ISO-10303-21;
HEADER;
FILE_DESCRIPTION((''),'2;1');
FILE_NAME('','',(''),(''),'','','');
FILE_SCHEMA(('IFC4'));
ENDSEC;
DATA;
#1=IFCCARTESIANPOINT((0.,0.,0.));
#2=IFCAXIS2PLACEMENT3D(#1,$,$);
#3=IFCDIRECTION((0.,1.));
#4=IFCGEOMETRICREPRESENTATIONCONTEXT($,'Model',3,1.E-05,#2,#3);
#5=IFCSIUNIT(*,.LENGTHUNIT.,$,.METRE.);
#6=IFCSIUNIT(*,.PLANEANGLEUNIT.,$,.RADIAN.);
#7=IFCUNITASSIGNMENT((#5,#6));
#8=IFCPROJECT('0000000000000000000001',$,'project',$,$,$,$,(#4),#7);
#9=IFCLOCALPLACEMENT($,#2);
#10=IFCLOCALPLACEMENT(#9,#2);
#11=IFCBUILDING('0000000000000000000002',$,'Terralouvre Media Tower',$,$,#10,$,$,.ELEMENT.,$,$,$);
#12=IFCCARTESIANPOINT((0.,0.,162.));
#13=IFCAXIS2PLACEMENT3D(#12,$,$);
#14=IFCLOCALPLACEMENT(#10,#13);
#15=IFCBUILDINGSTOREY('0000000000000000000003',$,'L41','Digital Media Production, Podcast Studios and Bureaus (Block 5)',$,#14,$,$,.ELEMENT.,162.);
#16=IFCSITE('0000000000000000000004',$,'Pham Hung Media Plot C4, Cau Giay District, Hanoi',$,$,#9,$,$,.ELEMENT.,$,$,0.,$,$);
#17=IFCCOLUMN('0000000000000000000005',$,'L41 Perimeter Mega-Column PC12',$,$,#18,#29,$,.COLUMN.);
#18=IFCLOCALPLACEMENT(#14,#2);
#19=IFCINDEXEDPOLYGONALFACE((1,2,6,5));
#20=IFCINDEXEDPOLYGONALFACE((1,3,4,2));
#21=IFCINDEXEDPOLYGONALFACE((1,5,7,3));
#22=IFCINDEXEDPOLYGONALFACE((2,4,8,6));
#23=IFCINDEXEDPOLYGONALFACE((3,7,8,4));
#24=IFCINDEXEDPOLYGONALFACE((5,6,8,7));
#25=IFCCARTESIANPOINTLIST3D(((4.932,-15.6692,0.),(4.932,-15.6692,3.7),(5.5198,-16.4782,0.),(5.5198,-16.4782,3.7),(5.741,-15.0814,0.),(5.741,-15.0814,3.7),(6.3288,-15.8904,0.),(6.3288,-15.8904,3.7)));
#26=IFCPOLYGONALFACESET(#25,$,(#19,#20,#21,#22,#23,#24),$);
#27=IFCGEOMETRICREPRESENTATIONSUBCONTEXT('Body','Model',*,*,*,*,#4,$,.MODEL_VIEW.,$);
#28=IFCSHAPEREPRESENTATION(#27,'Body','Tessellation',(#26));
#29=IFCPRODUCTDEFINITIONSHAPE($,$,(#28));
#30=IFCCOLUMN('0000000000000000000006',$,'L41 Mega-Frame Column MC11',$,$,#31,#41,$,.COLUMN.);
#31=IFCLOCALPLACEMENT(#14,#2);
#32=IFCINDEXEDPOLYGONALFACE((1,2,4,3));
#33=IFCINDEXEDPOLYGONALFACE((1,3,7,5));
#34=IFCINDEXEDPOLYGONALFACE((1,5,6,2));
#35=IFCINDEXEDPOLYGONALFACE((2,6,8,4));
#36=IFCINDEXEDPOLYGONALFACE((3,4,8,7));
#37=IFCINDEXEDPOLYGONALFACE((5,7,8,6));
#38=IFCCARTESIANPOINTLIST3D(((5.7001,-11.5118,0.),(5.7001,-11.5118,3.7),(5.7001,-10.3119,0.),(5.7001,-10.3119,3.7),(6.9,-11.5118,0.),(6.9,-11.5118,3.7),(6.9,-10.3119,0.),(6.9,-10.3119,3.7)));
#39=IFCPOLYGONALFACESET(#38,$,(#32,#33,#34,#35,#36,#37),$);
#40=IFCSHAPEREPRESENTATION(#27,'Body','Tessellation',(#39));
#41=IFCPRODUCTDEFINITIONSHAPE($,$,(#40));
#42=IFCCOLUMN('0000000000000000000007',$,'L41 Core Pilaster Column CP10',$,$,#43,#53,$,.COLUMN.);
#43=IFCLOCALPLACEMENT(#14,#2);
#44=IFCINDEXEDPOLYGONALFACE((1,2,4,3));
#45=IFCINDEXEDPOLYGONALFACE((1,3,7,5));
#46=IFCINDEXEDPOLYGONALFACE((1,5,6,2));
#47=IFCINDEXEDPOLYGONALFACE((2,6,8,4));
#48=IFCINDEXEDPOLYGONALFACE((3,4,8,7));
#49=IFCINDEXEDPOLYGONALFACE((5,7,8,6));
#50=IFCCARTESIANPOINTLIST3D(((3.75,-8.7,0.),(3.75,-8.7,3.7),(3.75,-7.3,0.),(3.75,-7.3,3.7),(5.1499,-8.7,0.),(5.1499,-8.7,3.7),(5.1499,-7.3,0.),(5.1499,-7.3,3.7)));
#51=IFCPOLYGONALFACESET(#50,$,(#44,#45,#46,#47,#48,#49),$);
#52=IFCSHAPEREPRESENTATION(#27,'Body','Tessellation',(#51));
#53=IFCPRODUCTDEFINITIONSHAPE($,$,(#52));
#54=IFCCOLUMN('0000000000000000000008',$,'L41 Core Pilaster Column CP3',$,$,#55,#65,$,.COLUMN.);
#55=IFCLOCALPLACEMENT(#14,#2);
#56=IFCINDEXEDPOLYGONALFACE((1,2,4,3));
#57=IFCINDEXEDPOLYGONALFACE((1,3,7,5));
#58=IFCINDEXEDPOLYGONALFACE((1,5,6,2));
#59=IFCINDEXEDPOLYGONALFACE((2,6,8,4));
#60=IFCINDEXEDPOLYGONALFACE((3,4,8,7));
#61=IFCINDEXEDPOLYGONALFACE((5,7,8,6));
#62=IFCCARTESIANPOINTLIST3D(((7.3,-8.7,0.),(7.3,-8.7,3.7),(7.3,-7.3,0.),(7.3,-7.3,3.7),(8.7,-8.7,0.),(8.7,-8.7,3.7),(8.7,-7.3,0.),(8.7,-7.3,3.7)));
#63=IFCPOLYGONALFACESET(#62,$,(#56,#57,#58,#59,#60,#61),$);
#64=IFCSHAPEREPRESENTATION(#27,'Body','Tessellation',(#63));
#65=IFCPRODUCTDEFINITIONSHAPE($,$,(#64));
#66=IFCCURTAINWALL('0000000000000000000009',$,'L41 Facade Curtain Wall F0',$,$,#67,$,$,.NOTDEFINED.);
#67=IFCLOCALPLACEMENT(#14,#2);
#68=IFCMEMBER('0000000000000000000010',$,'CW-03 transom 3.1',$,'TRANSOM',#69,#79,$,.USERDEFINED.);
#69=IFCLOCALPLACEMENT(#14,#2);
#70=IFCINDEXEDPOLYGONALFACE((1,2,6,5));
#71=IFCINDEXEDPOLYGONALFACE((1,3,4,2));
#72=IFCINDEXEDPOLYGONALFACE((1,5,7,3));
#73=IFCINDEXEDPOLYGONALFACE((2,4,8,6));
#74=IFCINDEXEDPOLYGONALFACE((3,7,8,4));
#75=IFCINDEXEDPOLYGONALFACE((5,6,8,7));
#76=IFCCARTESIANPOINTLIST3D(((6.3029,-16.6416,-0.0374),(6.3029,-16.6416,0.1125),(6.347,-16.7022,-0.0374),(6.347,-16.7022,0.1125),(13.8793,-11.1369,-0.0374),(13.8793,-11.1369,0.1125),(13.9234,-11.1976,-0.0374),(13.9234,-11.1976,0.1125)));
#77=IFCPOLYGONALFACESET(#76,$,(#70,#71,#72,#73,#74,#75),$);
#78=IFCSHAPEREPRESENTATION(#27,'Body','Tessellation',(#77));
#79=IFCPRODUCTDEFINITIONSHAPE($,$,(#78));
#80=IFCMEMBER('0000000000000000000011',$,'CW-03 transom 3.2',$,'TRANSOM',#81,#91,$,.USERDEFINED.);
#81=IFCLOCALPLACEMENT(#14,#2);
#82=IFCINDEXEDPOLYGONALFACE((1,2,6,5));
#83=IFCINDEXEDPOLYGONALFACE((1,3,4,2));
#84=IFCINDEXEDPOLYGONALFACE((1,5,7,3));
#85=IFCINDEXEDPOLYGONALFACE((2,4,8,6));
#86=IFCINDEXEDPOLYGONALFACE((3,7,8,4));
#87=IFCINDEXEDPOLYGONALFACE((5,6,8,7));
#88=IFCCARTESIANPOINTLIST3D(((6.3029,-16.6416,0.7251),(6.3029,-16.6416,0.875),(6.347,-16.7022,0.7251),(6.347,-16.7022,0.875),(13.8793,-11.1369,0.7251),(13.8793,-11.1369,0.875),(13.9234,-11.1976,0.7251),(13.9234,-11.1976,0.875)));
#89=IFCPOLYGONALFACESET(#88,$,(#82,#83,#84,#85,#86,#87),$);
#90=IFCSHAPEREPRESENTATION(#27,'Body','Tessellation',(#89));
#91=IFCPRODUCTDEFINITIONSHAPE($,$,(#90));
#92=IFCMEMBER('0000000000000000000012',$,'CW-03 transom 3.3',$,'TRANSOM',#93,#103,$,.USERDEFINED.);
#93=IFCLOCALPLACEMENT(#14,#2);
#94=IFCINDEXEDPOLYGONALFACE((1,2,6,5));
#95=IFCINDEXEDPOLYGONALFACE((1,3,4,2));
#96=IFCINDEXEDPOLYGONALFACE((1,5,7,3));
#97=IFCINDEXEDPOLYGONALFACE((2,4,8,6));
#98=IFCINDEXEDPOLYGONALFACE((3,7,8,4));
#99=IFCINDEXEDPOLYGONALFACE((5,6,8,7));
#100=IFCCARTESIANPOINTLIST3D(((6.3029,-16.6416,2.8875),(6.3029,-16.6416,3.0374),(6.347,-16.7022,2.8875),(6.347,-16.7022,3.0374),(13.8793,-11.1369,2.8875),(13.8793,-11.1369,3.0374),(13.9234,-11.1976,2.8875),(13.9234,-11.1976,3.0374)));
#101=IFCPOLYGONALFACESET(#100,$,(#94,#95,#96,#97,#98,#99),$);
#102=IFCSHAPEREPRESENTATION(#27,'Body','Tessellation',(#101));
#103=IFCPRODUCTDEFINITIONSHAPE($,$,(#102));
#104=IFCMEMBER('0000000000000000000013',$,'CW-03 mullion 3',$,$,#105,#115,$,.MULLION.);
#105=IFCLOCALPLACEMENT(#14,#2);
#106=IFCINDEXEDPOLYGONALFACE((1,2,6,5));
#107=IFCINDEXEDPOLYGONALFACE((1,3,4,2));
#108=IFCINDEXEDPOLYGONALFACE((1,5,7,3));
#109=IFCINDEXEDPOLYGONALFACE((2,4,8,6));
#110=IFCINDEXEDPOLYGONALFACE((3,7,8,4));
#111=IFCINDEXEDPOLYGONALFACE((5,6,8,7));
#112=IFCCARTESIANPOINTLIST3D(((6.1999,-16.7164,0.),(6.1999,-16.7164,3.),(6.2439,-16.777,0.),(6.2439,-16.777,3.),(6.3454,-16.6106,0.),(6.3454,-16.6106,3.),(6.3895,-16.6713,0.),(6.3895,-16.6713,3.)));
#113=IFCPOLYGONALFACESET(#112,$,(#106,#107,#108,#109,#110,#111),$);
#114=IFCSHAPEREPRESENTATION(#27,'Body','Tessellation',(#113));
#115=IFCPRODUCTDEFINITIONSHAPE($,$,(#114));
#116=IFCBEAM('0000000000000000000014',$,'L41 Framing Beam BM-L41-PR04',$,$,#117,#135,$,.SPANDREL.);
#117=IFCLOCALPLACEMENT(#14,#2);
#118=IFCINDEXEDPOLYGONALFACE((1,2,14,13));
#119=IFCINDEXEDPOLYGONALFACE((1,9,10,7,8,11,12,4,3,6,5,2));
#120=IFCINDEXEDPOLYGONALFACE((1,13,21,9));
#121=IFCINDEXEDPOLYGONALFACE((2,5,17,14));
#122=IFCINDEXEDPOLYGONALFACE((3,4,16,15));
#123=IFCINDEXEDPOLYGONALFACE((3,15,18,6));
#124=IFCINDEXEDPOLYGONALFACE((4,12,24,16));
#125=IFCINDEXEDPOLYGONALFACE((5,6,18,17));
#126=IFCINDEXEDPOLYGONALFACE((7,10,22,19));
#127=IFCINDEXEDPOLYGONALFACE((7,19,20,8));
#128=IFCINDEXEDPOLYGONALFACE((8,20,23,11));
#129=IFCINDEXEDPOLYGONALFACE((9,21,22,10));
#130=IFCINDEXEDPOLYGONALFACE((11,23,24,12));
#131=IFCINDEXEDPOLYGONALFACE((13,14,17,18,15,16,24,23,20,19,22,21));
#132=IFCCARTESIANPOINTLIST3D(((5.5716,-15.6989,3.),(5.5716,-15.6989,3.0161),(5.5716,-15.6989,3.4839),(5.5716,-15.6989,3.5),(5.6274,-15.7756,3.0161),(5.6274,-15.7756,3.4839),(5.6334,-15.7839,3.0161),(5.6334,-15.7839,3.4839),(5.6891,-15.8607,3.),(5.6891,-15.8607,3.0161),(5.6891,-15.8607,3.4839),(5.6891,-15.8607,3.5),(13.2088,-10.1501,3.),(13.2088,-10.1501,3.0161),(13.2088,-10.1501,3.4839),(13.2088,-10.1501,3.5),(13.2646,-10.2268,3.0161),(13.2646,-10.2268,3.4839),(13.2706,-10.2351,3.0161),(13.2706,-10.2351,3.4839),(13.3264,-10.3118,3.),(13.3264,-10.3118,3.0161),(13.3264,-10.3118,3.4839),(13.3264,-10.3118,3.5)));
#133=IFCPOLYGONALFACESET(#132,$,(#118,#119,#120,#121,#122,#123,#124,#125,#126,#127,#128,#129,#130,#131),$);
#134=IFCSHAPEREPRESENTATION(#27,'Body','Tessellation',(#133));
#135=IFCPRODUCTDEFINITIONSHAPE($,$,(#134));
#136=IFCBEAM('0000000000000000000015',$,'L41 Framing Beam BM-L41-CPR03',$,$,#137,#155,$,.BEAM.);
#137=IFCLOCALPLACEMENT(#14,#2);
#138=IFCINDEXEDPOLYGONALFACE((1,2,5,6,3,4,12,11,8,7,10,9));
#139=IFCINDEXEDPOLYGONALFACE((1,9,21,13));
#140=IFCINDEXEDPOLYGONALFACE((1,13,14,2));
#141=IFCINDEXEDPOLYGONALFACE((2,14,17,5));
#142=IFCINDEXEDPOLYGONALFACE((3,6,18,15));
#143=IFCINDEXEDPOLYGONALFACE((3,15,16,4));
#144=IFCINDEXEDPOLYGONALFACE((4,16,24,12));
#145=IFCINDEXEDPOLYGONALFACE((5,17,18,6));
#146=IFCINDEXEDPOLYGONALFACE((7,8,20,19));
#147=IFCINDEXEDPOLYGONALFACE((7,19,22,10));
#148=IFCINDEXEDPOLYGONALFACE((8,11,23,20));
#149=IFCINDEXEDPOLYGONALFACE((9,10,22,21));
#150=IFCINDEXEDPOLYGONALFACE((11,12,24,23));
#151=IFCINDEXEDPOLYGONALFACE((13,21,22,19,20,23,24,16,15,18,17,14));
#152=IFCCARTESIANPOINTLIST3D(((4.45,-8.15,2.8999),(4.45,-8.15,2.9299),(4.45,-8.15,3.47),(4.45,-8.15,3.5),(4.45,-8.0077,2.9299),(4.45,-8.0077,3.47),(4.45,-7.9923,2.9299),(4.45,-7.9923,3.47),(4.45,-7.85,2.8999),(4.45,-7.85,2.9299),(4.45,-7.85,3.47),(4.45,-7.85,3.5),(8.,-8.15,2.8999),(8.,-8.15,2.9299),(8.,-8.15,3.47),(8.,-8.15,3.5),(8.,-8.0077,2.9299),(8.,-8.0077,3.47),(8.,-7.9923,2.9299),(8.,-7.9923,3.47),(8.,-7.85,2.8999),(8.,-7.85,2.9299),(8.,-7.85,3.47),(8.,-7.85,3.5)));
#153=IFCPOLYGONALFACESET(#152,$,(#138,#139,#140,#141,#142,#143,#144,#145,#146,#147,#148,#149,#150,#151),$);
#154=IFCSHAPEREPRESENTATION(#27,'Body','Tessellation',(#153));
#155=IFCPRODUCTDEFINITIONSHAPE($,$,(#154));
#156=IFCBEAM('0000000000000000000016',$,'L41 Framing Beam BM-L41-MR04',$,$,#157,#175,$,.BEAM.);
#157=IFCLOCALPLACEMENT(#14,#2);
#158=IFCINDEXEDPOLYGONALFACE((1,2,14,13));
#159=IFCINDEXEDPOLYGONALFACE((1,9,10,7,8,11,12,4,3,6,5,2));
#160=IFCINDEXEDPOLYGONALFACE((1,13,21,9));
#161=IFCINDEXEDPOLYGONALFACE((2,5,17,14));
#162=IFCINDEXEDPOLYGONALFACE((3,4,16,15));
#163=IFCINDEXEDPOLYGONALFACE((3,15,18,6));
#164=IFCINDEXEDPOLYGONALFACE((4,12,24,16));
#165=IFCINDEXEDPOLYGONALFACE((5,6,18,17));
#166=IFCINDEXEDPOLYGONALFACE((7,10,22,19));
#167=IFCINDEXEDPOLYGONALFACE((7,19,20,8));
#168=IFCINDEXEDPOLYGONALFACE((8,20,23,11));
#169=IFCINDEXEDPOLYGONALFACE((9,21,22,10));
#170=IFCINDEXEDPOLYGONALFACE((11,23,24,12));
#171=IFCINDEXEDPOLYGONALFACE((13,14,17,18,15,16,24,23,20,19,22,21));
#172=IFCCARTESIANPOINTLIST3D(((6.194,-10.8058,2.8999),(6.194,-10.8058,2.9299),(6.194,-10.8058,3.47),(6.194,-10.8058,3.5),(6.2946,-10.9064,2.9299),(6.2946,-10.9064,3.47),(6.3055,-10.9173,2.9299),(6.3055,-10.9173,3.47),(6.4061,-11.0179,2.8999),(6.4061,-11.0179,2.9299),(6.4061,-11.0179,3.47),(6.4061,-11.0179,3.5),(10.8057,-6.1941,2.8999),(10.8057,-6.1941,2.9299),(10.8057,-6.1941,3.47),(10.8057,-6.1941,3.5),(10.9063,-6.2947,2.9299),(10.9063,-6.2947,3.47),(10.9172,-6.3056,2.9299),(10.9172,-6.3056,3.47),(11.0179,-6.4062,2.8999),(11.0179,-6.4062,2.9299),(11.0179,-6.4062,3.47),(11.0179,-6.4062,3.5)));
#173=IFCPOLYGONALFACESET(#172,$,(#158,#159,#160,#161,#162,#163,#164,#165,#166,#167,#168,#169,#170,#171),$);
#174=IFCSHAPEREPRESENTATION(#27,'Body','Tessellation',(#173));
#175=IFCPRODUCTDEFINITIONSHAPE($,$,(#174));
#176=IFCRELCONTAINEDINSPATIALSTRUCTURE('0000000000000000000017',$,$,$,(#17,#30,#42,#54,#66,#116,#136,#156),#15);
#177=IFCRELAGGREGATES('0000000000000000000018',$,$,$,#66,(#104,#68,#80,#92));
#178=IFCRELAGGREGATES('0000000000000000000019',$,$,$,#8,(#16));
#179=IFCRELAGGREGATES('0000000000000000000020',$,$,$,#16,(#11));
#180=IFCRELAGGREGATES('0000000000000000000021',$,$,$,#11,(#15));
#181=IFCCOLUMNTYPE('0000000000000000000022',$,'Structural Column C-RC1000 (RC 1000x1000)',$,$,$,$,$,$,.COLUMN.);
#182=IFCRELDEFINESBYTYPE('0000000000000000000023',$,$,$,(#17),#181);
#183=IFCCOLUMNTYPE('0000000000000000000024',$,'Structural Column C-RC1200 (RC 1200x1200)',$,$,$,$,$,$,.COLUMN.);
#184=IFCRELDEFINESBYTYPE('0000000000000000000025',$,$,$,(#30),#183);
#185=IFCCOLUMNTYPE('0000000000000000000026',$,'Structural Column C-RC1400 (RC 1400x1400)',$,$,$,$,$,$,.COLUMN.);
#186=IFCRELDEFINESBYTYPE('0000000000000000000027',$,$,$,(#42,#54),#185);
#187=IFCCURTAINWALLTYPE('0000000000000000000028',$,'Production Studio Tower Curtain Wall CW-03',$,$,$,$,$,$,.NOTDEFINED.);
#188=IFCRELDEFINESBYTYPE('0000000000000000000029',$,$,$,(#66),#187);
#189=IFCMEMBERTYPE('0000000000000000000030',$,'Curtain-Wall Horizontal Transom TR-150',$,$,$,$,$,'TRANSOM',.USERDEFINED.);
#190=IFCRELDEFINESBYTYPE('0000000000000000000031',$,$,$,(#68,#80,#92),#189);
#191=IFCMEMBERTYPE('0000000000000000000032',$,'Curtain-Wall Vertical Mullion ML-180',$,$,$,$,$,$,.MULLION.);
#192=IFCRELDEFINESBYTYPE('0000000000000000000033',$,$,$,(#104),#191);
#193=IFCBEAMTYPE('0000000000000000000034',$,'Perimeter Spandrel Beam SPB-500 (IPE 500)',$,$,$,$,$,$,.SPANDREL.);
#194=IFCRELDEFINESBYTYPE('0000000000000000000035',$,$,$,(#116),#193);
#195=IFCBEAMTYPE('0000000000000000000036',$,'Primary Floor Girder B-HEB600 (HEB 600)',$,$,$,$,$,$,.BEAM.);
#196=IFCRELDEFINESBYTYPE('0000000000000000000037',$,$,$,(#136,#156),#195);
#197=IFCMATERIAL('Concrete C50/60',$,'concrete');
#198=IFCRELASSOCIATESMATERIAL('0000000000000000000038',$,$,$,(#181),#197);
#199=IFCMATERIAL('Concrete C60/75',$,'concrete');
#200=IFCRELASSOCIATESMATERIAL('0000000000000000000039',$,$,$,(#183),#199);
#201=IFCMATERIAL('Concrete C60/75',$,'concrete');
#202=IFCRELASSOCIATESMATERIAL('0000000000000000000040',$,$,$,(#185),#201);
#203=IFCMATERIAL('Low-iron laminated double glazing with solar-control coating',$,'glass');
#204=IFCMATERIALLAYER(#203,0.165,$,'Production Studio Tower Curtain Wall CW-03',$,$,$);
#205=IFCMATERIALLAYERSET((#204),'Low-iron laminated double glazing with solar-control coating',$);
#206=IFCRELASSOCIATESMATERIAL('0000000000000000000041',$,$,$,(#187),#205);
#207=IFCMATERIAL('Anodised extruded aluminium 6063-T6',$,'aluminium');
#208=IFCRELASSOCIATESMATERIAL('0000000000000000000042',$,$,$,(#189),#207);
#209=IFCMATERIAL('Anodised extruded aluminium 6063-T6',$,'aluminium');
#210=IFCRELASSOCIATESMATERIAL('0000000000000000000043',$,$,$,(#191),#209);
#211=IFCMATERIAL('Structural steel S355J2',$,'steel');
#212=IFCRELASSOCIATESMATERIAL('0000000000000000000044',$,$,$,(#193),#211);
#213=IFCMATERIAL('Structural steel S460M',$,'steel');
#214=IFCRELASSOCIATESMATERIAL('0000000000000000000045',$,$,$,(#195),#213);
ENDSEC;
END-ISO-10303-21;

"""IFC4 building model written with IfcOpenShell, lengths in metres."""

from ifc_helpers import new_model, si_unit, direction, frame, origin, origin_2d, place, context, subcontext, project, spatial, rectangle, i_section, extrude, material, layer, layer_set, material_profile, profile_set, type_object, element, aggregate, save


model = new_model("IFC4")

# Units and contexts
model_context = context("Model", 3, precision=1e-05, world=origin(), true_north=direction((0.0, 1.0)))
body_context = subcontext(model_context, "Body", "Model", "MODEL_VIEW")
ifc_project = project(units=[si_unit("LENGTHUNIT", "METRE"), si_unit("PLANEANGLEUNIT", "RADIAN")], contexts=[model_context])

# Site, building, storey
site_placement = place(None, origin())
site = spatial("IfcSite", under=ifc_project, at=site_placement, Name="Pham Hung Media Plot C4, Cau Giay District, Hanoi", CompositionType="ELEMENT", RefElevation=0.0)
building_placement = place(site_placement, origin())
building = spatial("IfcBuilding", under=site, at=building_placement, Name="Terralouvre Media Tower", CompositionType="ELEMENT")
storey_placement = place(building_placement, frame((0.0, 0.0, 162.0)))
storey = spatial("IfcBuildingStorey", under=building, at=storey_placement, Name="L41", Description="Digital Media Production, Podcast Studios and Bureaus (Block 5)", CompositionType="ELEMENT", Elevation=162.0)

# Columns
ifc_material_1 = material(Name="Concrete C50/60", Category="concrete")
ifc_material_profile_1 = material_profile(ifc_material_1, rectangle(XDim=1.0, YDim=1.0, at=origin_2d()), Name="RC 1000x1000")
ifc_profile_set_1 = profile_set([ifc_material_profile_1], Name="Concrete C50/60")
column_type_1 = type_object("IfcColumnType", Name="Structural Column C-RC1000 (RC 1000x1000)", PredefinedType="COLUMN", material=ifc_profile_set_1)
column_1_placement = place(storey_placement, frame((5.6304, -15.7798, 0.0), z_axis=(0.0, 0.0, 1.0), x_axis=(0.809017, 0.587785, 0.0)))
element("IfcColumn", 1, at=column_1_placement, inside=storey, type_object=column_type_1, Name="L41 Perimeter Mega-Column PC12", PredefinedType="COLUMN", context=body_context, shape_type="SweptSolid", body=[
    extrude(rectangle(XDim=1.0, YDim=1.0, at=origin_2d()), origin(), (0.0, 0.0, 1.0), 3.7),
])
ifc_material_2 = material(Name="Concrete C60/75", Category="concrete")
ifc_material_profile_2 = material_profile(ifc_material_2, rectangle(XDim=1.2, YDim=1.2, at=origin_2d()), Name="RC 1200x1200")
ifc_profile_set_2 = profile_set([ifc_material_profile_2], Name="Concrete C60/75")
column_type_2 = type_object("IfcColumnType", Name="Structural Column C-RC1200 (RC 1200x1200)", PredefinedType="COLUMN", material=ifc_profile_set_2)
column_2_placement = place(storey_placement, frame((6.3, -10.9119, 0.0), z_axis=(0.0, 0.0, 1.0), x_axis=(1.0, 0.0, 0.0)))
element("IfcColumn", 2, at=column_2_placement, inside=storey, type_object=column_type_2, Name="L41 Mega-Frame Column MC11", PredefinedType="COLUMN", context=body_context, shape_type="SweptSolid", body=[
    extrude(rectangle(XDim=1.2, YDim=1.2, at=origin_2d()), origin(), (0.0, 0.0, 1.0), 3.7),
])
ifc_material_3 = material(Name="Concrete C60/75", Category="concrete")
ifc_material_profile_3 = material_profile(ifc_material_3, rectangle(XDim=1.3999, YDim=1.3999, at=origin_2d()), Name="RC 1400x1400")
ifc_profile_set_3 = profile_set([ifc_material_profile_3], Name="Concrete C60/75")
column_type_3 = type_object("IfcColumnType", Name="Structural Column C-RC1400 (RC 1400x1400)", PredefinedType="COLUMN", material=ifc_profile_set_3)
for number, where, z_axis, x_axis, name in (
    (3, (4.45, -8.0, 0.0), (0.0, 0.0, 1.0), (1.0, 0.0, 0.0), "L41 Core Pilaster Column CP10"),
    (4, (8.0, -8.0, 0.0), (0.0, 0.0, 1.0), (1.0, 0.0, 0.0), "L41 Core Pilaster Column CP3"),
):
    element("IfcColumn", number, at=place(storey_placement, frame(where, z_axis=z_axis, x_axis=x_axis)), inside=storey, type_object=column_type_3, Name=name, PredefinedType="COLUMN", context=body_context, shape_type="SweptSolid", body=[
        extrude(rectangle(XDim=1.3999, YDim=1.3999, at=origin_2d()), origin(), (0.0, 0.0, 1.0), 3.7),
    ])

# Curtain wall, members
ifc_material_4 = material(Name="Low-iron laminated double glazing with solar-control coating", Category="glass")
ifc_layer_1 = layer(ifc_material_4, 0.165, Name="Production Studio Tower Curtain Wall CW-03")
ifc_layer_set_1 = layer_set([ifc_layer_1], Name="Low-iron laminated double glazing with solar-control coating")
curtain_wall_type = type_object("IfcCurtainWallType", Name="Production Studio Tower Curtain Wall CW-03", PredefinedType="NOTDEFINED", material=ifc_layer_set_1)
curtain_wall_placement = place(storey_placement, origin())
curtain_wall = element("IfcCurtainWall", 5, at=curtain_wall_placement, inside=storey, type_object=curtain_wall_type, Name="L41 Facade Curtain Wall F0", PredefinedType="NOTDEFINED")
ifc_material_5 = material(Name="Anodised extruded aluminium 6063-T6", Category="aluminium")
ifc_material_profile_4 = material_profile(ifc_material_5, rectangle(XDim=0.075, YDim=0.1499, at=origin_2d()), Name="ALU 75x150")
ifc_profile_set_4 = profile_set([ifc_material_profile_4], Name="Anodised extruded aluminium 6063-T6")
member_type_1 = type_object("IfcMemberType", Name="Curtain-Wall Horizontal Transom TR-150", ElementType="TRANSOM", PredefinedType="USERDEFINED", material=ifc_profile_set_4)
member_1_placement = place(storey_placement, frame((6.325, -16.6719, 0.0376), z_axis=(0.809014, 0.587789, 0.0), x_axis=(-0.587789, 0.809014, 0.0)))
member_1 = element("IfcMember", 6, at=member_1_placement, type_object=member_type_1, Name="CW-03 transom 3.1", ObjectType="TRANSOM", PredefinedType="USERDEFINED", context=body_context, shape_type="SweptSolid", body=[
    extrude(rectangle(XDim=0.075, YDim=0.1499, at=origin_2d()), origin(), (0.0, 0.0, 1.0), 9.365),
])
member_2_placement = place(storey_placement, frame((6.325, -16.6719, 0.8), z_axis=(0.809014, 0.587789, 0.0), x_axis=(-0.587789, 0.809014, 0.0)))
member_2 = element("IfcMember", 7, at=member_2_placement, type_object=member_type_1, Name="CW-03 transom 3.2", ObjectType="TRANSOM", PredefinedType="USERDEFINED", context=body_context, shape_type="SweptSolid", body=[
    extrude(rectangle(XDim=0.075, YDim=0.1499, at=origin_2d()), origin(), (0.0, 0.0, 1.0), 9.365),
])
member_3_placement = place(storey_placement, frame((6.325, -16.6719, 2.9624), z_axis=(0.809014, 0.587789, 0.0), x_axis=(-0.587789, 0.809014, 0.0)))
member_3 = element("IfcMember", 8, at=member_3_placement, type_object=member_type_1, Name="CW-03 transom 3.3", ObjectType="TRANSOM", PredefinedType="USERDEFINED", context=body_context, shape_type="SweptSolid", body=[
    extrude(rectangle(XDim=0.075, YDim=0.1499, at=origin_2d()), origin(), (0.0, 0.0, 1.0), 9.365),
])
ifc_material_6 = material(Name="Anodised extruded aluminium 6063-T6", Category="aluminium")
ifc_material_profile_5 = material_profile(ifc_material_6, rectangle(XDim=0.075, YDim=0.1799, at=origin_2d()), Name="ALU 75x180")
ifc_profile_set_5 = profile_set([ifc_material_profile_5], Name="Anodised extruded aluminium 6063-T6")
member_type_2 = type_object("IfcMemberType", Name="Curtain-Wall Vertical Mullion ML-180", PredefinedType="MULLION", material=ifc_profile_set_5)
member_4_placement = place(storey_placement, frame((6.2947, -16.6938, 0.0), z_axis=(0.0, 0.0, 1.0), x_axis=(-0.587785, 0.809017, 0.0)))
member_4 = element("IfcMember", 9, at=member_4_placement, type_object=member_type_2, Name="CW-03 mullion 3", PredefinedType="MULLION", context=body_context, shape_type="SweptSolid", body=[
    extrude(rectangle(XDim=0.075, YDim=0.1799, at=origin_2d()), origin(), (0.0, 0.0, 1.0), 3.0),
])

# Beams
ifc_material_7 = material(Name="Structural steel S355J2", Category="steel")
ifc_material_profile_6 = material_profile(ifc_material_7, i_section(OverallWidth=0.2, OverallDepth=0.5, WebThickness=0.0103, FlangeThickness=0.0161, at=origin_2d()), Name="IPE 500")
ifc_profile_set_6 = profile_set([ifc_material_profile_6], Name="Structural steel S355J2")
beam_type_1 = type_object("IfcBeamType", Name="Perimeter Spandrel Beam SPB-500 (IPE 500)", PredefinedType="SPANDREL", material=ifc_profile_set_6)
beam_1_placement = place(storey_placement, frame((5.6304, -15.7798, 3.25), z_axis=(0.809013, 0.58779, 0.0), x_axis=(-0.58779, 0.809013, 0.0)))
element("IfcBeam", 10, at=beam_1_placement, inside=storey, type_object=beam_type_1, Name="L41 Framing Beam BM-L41-PR04", PredefinedType="SPANDREL", context=body_context, shape_type="SweptSolid", body=[
    extrude(i_section(OverallWidth=0.2, OverallDepth=0.5, WebThickness=0.0103, FlangeThickness=0.0161, at=origin_2d()), origin(), (0.0, 0.0, 1.0), 9.4402),
])
ifc_material_8 = material(Name="Structural steel S460M", Category="steel")
ifc_material_profile_7 = material_profile(ifc_material_8, i_section(OverallWidth=0.3, OverallDepth=0.6001, WebThickness=0.0154, FlangeThickness=0.03, at=origin_2d()), Name="HEB 600")
ifc_profile_set_7 = profile_set([ifc_material_profile_7], Name="Structural steel S460M")
beam_type_2 = type_object("IfcBeamType", Name="Primary Floor Girder B-HEB600 (HEB 600)", PredefinedType="BEAM", material=ifc_profile_set_7)
beam_2_placement = place(storey_placement, frame((4.45, -8.0, 3.2), z_axis=(1.0, 0.0, 0.0), x_axis=(0.0, 1.0, 0.0)))
element("IfcBeam", 11, at=beam_2_placement, inside=storey, type_object=beam_type_2, Name="L41 Framing Beam BM-L41-CPR03", PredefinedType="BEAM", context=body_context, shape_type="SweptSolid", body=[
    extrude(i_section(OverallWidth=0.3, OverallDepth=0.6001, WebThickness=0.0154, FlangeThickness=0.03, at=origin_2d()), origin(), (0.0, 0.0, 1.0), 3.55),
])
beam_3_placement = place(storey_placement, frame((6.3, -10.9119, 3.2), z_axis=(0.707107, 0.707107, 0.0), x_axis=(-0.707107, 0.707107, 0.0)))
element("IfcBeam", 12, at=beam_3_placement, inside=storey, type_object=beam_type_2, Name="L41 Framing Beam BM-L41-MR04", PredefinedType="BEAM", context=body_context, shape_type="SweptSolid", body=[
    extrude(i_section(OverallWidth=0.3, OverallDepth=0.6001, WebThickness=0.0154, FlangeThickness=0.03, at=origin_2d()), origin(), (0.0, 0.0, 1.0), 6.522),
])

aggregate(curtain_wall, [member_4, member_1, member_2, member_3])

save(model, "model.ifc")
